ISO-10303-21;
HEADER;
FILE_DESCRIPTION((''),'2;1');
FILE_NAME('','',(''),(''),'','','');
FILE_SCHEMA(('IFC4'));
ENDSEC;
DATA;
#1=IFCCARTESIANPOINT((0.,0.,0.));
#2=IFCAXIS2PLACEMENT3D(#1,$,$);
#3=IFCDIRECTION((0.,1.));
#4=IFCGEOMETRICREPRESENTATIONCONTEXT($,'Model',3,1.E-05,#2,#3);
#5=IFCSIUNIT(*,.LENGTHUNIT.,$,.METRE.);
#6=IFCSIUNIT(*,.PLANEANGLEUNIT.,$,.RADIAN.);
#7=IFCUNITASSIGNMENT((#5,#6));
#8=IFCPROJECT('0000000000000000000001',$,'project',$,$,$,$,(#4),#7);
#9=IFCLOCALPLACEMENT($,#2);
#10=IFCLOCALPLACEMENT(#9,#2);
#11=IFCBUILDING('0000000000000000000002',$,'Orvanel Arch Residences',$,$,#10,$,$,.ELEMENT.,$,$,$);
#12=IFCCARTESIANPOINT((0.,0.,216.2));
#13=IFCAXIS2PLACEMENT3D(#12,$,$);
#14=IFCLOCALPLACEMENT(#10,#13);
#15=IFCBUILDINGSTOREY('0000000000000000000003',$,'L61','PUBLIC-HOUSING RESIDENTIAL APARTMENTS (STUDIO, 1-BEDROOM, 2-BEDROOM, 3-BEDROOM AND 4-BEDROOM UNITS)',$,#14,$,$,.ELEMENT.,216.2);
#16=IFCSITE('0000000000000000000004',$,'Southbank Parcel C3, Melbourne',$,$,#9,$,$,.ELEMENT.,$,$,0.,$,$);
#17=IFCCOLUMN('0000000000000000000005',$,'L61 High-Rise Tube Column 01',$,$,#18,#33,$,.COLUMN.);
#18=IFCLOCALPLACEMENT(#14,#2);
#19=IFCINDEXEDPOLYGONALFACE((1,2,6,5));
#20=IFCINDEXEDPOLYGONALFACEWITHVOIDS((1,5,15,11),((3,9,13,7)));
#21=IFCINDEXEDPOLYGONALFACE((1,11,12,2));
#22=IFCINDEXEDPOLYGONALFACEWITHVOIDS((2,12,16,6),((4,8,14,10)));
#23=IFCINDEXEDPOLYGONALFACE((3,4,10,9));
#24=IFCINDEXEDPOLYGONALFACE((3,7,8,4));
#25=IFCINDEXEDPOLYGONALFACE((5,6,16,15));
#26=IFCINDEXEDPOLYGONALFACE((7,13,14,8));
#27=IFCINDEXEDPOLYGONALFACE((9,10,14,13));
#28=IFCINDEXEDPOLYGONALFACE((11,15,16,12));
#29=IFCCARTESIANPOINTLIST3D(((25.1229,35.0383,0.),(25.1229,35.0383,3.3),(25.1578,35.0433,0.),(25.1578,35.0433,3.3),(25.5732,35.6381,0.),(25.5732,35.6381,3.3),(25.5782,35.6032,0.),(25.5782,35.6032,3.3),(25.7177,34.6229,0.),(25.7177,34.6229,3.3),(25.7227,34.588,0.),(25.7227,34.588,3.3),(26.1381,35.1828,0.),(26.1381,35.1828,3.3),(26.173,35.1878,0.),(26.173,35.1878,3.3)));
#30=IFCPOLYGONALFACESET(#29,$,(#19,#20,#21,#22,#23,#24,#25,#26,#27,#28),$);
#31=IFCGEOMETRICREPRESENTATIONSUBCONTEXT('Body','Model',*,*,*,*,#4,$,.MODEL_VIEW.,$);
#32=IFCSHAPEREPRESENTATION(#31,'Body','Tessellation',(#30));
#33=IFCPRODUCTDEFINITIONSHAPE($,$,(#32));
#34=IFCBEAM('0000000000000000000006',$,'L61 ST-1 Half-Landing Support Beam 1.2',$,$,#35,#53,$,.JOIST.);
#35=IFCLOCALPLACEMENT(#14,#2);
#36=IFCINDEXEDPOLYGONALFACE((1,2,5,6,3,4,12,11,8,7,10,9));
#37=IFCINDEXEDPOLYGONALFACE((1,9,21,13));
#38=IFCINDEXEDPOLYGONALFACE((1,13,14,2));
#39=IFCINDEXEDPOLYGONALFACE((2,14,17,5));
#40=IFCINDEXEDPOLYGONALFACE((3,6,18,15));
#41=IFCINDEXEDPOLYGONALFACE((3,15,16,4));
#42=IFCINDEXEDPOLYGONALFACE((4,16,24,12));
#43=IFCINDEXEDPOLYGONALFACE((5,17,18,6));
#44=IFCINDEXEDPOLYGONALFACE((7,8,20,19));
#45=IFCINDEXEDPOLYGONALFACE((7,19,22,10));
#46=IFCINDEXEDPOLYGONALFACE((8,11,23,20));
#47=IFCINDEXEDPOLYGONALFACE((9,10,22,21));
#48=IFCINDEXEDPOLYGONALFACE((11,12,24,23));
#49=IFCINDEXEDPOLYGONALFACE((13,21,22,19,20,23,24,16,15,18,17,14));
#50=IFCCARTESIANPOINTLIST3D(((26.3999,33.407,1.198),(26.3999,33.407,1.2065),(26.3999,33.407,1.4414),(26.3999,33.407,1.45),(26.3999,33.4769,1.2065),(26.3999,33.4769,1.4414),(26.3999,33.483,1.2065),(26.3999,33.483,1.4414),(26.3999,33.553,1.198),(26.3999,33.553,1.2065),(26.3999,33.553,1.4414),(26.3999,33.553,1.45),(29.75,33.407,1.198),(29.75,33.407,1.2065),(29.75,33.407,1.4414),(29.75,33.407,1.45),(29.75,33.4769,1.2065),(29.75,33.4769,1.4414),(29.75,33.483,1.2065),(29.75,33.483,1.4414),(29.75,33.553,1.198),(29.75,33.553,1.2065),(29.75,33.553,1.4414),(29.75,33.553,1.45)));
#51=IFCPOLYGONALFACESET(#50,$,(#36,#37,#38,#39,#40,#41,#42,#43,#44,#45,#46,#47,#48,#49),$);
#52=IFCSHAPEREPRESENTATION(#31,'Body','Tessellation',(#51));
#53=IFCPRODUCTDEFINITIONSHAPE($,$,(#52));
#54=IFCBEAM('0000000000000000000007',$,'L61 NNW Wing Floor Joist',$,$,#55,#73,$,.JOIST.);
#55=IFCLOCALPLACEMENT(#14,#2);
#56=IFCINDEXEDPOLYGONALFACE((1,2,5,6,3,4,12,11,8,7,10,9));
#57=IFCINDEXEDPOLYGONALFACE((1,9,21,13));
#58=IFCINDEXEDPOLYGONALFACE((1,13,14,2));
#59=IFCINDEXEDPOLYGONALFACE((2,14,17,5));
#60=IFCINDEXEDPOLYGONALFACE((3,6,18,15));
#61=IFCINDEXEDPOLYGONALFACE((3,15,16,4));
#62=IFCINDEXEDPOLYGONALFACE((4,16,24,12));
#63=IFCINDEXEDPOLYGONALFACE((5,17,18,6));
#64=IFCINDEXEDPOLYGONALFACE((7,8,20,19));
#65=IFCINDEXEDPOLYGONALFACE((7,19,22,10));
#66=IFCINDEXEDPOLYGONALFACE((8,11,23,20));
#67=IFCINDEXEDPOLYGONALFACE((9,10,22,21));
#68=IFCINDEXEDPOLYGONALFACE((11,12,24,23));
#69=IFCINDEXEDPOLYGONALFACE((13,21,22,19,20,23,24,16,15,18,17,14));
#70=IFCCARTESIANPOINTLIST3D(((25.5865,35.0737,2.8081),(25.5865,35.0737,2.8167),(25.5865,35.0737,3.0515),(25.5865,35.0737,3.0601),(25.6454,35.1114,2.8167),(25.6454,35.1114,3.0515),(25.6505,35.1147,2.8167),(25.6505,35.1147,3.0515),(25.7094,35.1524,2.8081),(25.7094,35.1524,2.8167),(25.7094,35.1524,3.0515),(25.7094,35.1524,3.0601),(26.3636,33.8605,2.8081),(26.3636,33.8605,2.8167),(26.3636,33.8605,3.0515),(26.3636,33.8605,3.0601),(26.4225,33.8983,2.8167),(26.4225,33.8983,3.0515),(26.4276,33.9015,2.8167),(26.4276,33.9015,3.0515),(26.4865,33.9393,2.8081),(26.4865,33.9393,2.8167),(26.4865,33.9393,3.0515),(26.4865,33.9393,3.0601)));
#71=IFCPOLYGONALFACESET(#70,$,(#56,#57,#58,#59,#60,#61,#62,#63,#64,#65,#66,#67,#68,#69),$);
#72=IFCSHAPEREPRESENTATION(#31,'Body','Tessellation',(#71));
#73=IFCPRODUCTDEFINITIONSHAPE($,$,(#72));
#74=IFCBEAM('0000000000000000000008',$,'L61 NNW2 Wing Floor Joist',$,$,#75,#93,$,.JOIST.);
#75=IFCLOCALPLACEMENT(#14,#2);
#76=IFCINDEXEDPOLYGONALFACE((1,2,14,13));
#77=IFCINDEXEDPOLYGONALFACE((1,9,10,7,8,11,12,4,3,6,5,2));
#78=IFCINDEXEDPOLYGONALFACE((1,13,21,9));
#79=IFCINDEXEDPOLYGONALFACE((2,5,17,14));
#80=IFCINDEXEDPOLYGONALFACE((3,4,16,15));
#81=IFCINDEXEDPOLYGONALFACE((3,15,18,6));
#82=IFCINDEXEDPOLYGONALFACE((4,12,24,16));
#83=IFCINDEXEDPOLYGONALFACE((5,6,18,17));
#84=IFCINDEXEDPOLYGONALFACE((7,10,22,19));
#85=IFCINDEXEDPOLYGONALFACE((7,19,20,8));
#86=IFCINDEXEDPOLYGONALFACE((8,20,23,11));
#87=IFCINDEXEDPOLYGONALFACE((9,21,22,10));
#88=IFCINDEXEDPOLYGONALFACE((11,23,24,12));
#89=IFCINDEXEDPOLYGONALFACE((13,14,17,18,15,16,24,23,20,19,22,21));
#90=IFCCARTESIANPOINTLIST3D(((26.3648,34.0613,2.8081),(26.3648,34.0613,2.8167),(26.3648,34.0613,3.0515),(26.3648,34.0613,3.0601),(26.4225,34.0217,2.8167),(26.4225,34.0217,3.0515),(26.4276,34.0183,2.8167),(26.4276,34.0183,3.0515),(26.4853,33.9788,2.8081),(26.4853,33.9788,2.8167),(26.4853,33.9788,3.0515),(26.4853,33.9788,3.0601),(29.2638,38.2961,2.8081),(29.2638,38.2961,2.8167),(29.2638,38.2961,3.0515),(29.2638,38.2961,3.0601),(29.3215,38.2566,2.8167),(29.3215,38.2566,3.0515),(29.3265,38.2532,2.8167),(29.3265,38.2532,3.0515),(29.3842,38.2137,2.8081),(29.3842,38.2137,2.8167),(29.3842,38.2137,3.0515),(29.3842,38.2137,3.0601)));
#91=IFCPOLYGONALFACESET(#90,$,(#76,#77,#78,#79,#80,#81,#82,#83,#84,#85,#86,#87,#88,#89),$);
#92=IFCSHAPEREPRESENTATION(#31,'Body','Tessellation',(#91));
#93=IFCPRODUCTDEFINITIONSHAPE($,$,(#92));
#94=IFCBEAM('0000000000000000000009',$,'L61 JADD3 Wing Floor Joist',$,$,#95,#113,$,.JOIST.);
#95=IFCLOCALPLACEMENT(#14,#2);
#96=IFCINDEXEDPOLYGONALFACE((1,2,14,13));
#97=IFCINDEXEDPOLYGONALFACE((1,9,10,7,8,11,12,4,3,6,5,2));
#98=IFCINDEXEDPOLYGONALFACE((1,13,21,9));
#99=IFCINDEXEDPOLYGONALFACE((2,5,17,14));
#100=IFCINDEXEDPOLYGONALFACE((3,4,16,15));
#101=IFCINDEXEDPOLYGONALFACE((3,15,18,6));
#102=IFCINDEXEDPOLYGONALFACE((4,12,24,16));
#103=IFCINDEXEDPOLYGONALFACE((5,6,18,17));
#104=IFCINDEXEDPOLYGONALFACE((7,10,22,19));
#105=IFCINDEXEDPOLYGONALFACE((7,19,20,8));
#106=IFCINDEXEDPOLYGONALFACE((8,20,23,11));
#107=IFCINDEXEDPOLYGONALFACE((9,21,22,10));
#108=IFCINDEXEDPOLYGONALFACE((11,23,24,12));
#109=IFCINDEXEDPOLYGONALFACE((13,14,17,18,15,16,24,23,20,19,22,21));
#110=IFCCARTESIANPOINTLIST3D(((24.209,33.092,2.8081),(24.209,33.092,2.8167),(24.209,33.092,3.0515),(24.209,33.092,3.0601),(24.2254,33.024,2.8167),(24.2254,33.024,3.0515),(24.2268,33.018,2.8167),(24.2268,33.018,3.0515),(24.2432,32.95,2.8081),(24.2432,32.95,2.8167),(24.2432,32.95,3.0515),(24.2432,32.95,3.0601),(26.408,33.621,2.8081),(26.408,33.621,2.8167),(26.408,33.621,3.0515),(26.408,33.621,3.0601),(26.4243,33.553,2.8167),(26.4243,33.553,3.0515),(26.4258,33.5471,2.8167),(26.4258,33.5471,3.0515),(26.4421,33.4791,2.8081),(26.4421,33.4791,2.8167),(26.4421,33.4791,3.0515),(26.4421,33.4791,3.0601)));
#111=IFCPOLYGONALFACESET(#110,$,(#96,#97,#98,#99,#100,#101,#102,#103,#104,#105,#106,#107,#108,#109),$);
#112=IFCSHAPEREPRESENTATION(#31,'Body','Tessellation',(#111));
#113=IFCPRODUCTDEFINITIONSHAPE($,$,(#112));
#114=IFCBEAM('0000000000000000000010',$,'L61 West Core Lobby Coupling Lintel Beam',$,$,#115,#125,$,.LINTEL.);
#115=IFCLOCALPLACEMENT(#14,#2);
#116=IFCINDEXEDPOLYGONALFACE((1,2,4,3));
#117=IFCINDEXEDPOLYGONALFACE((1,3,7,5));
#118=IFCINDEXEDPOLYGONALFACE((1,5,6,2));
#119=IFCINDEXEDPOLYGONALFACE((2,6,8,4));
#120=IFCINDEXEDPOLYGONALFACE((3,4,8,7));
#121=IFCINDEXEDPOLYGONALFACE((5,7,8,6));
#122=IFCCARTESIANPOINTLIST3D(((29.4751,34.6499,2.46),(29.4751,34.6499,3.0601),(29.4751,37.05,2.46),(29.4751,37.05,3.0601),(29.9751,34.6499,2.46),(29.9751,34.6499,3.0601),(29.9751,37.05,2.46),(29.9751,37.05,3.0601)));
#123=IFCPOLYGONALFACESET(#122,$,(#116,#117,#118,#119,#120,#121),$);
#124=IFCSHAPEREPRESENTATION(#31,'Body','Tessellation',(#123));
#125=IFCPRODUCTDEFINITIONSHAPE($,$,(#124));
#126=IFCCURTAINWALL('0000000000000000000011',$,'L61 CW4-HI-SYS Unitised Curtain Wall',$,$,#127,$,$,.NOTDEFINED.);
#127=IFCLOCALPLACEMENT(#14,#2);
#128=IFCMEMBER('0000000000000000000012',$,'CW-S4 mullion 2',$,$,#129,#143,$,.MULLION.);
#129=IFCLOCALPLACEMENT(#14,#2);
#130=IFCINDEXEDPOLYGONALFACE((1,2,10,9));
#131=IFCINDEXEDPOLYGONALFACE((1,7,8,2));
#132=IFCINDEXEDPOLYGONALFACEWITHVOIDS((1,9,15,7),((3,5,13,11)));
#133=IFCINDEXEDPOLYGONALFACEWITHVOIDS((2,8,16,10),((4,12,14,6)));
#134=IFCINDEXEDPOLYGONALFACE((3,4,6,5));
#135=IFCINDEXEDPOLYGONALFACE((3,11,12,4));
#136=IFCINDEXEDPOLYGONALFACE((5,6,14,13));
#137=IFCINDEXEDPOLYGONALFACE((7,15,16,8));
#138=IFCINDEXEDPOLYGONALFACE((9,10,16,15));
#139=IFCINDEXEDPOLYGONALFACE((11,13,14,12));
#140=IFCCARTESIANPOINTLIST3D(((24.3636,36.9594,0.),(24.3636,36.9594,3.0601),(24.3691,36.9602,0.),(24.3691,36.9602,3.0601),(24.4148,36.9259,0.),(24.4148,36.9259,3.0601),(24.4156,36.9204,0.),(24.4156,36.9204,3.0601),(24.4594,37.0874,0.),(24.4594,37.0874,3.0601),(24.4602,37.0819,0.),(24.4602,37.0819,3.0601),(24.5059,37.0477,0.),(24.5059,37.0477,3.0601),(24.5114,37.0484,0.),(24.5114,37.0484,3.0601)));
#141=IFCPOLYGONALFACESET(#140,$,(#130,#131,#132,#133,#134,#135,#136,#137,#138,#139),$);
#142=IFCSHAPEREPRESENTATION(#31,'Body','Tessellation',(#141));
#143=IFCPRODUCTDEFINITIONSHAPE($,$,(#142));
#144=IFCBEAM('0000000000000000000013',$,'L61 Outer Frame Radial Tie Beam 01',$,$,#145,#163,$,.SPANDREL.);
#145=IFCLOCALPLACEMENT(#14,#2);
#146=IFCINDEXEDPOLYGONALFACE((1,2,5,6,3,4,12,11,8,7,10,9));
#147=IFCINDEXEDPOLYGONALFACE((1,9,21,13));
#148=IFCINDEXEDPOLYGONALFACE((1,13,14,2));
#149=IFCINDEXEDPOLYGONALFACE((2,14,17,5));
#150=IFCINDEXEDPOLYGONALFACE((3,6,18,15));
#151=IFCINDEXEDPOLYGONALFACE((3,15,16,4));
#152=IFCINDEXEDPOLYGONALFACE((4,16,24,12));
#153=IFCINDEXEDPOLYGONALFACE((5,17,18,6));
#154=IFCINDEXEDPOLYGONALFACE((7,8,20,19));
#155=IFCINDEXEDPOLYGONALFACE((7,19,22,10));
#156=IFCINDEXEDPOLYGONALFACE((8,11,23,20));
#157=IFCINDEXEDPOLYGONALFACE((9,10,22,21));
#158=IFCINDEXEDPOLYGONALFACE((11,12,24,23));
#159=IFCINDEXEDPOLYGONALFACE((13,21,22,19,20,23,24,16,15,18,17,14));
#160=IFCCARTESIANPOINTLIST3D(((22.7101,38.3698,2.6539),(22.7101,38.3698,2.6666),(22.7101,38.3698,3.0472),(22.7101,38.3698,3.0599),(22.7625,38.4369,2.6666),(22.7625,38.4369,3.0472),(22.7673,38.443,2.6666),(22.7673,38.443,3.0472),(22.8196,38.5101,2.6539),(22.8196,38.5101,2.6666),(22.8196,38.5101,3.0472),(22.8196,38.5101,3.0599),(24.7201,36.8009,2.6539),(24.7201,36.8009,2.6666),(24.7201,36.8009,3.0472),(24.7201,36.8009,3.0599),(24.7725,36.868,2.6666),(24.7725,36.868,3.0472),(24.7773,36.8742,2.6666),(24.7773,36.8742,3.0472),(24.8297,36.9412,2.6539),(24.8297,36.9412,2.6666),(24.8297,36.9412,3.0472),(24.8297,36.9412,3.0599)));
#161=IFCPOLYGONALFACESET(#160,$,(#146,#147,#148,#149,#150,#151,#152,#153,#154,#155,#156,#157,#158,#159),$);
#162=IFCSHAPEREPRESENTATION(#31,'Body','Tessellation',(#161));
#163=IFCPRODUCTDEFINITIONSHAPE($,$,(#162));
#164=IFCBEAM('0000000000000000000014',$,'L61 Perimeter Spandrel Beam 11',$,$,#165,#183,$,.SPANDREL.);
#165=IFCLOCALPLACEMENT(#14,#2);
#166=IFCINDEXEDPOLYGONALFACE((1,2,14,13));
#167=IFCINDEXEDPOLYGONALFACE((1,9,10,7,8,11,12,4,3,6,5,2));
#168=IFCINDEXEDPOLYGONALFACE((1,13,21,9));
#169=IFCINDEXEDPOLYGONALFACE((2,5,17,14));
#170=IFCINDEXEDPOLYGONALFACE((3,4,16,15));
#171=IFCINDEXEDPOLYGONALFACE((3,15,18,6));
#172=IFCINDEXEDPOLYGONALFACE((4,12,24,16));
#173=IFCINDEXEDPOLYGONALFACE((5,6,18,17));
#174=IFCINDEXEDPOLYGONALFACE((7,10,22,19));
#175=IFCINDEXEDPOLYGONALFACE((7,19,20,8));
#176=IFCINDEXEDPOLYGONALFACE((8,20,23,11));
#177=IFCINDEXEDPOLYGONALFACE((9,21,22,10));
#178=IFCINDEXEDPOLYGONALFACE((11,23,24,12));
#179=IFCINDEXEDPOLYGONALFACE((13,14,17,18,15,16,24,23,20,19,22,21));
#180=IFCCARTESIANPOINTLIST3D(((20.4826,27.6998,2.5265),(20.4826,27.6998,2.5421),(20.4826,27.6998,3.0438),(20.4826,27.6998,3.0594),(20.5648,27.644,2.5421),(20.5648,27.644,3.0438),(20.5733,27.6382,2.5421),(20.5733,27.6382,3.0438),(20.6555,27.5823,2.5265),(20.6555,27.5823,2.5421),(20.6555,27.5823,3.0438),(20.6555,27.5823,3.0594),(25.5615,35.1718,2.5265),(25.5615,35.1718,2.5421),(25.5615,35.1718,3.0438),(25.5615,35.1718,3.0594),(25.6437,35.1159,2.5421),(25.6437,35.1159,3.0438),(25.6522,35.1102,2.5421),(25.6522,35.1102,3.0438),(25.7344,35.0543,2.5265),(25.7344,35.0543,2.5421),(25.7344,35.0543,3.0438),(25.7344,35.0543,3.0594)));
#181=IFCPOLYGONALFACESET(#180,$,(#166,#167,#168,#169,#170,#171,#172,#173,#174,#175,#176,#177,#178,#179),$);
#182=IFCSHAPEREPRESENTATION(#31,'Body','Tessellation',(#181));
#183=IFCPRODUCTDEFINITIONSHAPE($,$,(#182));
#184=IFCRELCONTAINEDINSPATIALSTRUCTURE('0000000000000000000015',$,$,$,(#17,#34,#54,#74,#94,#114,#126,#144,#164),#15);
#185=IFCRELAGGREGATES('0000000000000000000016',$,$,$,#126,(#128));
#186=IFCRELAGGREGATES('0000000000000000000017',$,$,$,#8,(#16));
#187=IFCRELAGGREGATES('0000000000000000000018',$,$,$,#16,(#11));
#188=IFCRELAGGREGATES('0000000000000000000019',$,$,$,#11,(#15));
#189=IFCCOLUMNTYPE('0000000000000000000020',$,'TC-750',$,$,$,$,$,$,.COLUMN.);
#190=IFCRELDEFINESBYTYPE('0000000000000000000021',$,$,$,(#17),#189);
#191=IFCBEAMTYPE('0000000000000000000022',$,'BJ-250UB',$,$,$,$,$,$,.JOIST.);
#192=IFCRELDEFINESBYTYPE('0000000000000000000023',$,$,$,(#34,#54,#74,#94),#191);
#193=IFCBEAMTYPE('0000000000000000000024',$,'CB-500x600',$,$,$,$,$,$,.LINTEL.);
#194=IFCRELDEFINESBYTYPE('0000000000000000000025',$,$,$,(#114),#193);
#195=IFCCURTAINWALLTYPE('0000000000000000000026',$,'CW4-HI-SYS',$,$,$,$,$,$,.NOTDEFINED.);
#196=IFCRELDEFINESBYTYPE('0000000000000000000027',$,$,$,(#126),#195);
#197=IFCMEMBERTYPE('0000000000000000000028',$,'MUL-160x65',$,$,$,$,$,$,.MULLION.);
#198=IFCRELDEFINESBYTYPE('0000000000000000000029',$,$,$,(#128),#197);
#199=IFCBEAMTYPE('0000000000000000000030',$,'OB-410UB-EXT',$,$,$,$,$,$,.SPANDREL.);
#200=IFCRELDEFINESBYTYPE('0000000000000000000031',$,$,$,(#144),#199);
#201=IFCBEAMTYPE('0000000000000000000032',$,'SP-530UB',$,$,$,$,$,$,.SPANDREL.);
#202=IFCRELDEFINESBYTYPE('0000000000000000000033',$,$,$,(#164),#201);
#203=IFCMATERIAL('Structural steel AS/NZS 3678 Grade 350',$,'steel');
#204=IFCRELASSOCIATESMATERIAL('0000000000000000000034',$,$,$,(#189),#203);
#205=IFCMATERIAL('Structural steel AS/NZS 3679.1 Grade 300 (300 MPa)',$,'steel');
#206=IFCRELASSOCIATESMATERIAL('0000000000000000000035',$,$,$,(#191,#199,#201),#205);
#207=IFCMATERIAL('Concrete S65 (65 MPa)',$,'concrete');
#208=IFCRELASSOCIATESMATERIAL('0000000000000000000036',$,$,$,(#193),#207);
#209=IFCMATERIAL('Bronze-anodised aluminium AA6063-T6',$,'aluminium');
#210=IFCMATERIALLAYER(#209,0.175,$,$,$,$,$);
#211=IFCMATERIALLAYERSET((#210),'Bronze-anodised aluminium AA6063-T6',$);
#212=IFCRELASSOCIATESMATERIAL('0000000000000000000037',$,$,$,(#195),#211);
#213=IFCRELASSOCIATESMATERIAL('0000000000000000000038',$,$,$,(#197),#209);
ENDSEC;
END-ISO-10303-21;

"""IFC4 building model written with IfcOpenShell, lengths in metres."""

from ifc_helpers import new_model, si_unit, direction, frame, origin, origin_2d, place, context, subcontext, project, spatial, rectangle, hollow_rectangle, i_section, extrude, material, layer, layer_set, material_profile, profile_set, type_object, element, aggregate, save


model = new_model("IFC4")

# Units and contexts
model_context = context("Model", 3, precision=1e-05, world=origin(), true_north=direction((0.0, 1.0)))
body_context = subcontext(model_context, "Body", "Model", "MODEL_VIEW")
ifc_project = project(units=[si_unit("LENGTHUNIT", "METRE"), si_unit("PLANEANGLEUNIT", "RADIAN")], contexts=[model_context])

# Site, building, storey
site_placement = place(None, origin())
site = spatial("IfcSite", under=ifc_project, at=site_placement, Name="Southbank Parcel C3, Melbourne", CompositionType="ELEMENT", RefElevation=0.0)
building_placement = place(site_placement, origin())
building = spatial("IfcBuilding", under=site, at=building_placement, Name="Orvanel Arch Residences", CompositionType="ELEMENT")
storey_placement = place(building_placement, frame((0.0, 0.0, 216.2)))
storey = spatial("IfcBuildingStorey", under=building, at=storey_placement, Name="L61", Description="PUBLIC-HOUSING RESIDENTIAL APARTMENTS (STUDIO, 1-BEDROOM, 2-BEDROOM, 3-BEDROOM AND 4-BEDROOM UNITS)", CompositionType="ELEMENT", Elevation=216.2)

# Column
ifc_material_1 = material(Name="Structural steel AS/NZS 3678 Grade 350", Category="steel")
ifc_material_profile_1 = material_profile(ifc_material_1, hollow_rectangle(XDim=0.75, YDim=0.75, WallThickness=0.0249, at=origin_2d()), Name="BOX750x750x25")
ifc_profile_set_1 = profile_set([ifc_material_profile_1], Name="Structural steel AS/NZS 3678 Grade 350")
column_type = type_object("IfcColumnType", Name="TC-750", PredefinedType="COLUMN", material=ifc_profile_set_1)
column_placement = place(storey_placement, frame((25.6479, 35.113, 0.0), z_axis=(0.0, 0.0, 1.0), x_axis=(0.60042, 0.799685, 0.0)))
element("IfcColumn", 1, at=column_placement, inside=storey, type_object=column_type, Name="L61 High-Rise Tube Column 01", PredefinedType="COLUMN", context=body_context, shape_type="SweptSolid", body=[
    extrude(hollow_rectangle(XDim=0.75, YDim=0.75, WallThickness=0.0249, at=origin_2d()), origin(), (0.0, 0.0, 1.0), 3.3),
])

# Beams
ifc_material_2 = material(Name="Structural steel AS/NZS 3679.1 Grade 300 (300 MPa)", Category="steel")
ifc_material_profile_2 = material_profile(ifc_material_2, i_section(OverallWidth=0.146, OverallDepth=0.252, WebThickness=0.0061, FlangeThickness=0.0085, at=origin_2d()), Name="250UB31.4")
ifc_profile_set_2 = profile_set([ifc_material_profile_2], Name="Structural steel AS/NZS 3679.1 Grade 300 (300 MPa)")
beam_type_1 = type_object("IfcBeamType", Name="BJ-250UB", PredefinedType="JOIST", material=ifc_profile_set_2)
beam_1_placement = place(storey_placement, frame((26.3999, 33.48, 1.324), z_axis=(1.0, 0.0, 0.0), x_axis=(0.0, 1.0, 0.0)))
element("IfcBeam", 2, at=beam_1_placement, inside=storey, type_object=beam_type_1, Name="L61 ST-1 Half-Landing Support Beam 1.2", PredefinedType="JOIST", context=body_context, shape_type="SweptSolid", body=[
    extrude(i_section(OverallWidth=0.146, OverallDepth=0.252, WebThickness=0.0061, FlangeThickness=0.0085, at=origin_2d()), origin(), (0.0, 0.0, 1.0), 3.3501),
])
beam_2_placement = place(storey_placement, frame((26.425, 33.8999, 2.9341), z_axis=(-0.539395, 0.842053, 0.0), x_axis=(-0.842053, -0.539395, 0.0)))
element("IfcBeam", 3, at=beam_2_placement, inside=storey, type_object=beam_type_1, Name="L61 NNW Wing Floor Joist", PredefinedType="JOIST", context=body_context, shape_type="SweptSolid", body=[
    extrude(i_section(OverallWidth=0.146, OverallDepth=0.252, WebThickness=0.0061, FlangeThickness=0.0085, at=origin_2d()), origin(), (0.0, 0.0, 1.0), 1.4407),
])
beam_3_placement = place(storey_placement, frame((26.425, 34.02, 2.9341), z_axis=(0.564868, 0.825181, 0.0), x_axis=(-0.825181, 0.564868, 0.0)))
element("IfcBeam", 4, at=beam_3_placement, inside=storey, type_object=beam_type_1, Name="L61 NNW2 Wing Floor Joist", PredefinedType="JOIST", context=body_context, shape_type="SweptSolid", body=[
    extrude(i_section(OverallWidth=0.146, OverallDepth=0.252, WebThickness=0.0061, FlangeThickness=0.0085, at=origin_2d()), origin(), (0.0, 0.0, 1.0), 5.1321),
])
beam_4_placement = place(storey_placement, frame((26.425, 33.55, 2.9341), z_axis=(-0.972257, -0.233916, 0.0), x_axis=(0.233916, -0.972257, 0.0)))
element("IfcBeam", 5, at=beam_4_placement, inside=storey, type_object=beam_type_1, Name="L61 JADD3 Wing Floor Joist", PredefinedType="JOIST", context=body_context, shape_type="SweptSolid", body=[
    extrude(i_section(OverallWidth=0.146, OverallDepth=0.252, WebThickness=0.0061, FlangeThickness=0.0085, at=origin_2d()), origin(), (0.0, 0.0, 1.0), 2.2617),
])
ifc_material_3 = material(Name="Concrete S65 (65 MPa)", Category="concrete")
ifc_material_profile_3 = material_profile(ifc_material_3, rectangle(XDim=0.5, YDim=0.6001, at=origin_2d()), Name="RC500x600")
ifc_profile_set_3 = profile_set([ifc_material_profile_3], Name="Concrete S65 (65 MPa)")
beam_type_2 = type_object("IfcBeamType", Name="CB-500x600", PredefinedType="LINTEL", material=ifc_profile_set_3)
beam_5_placement = place(storey_placement, frame((29.7251, 34.6499, 2.76), z_axis=(0.0, 1.0, 0.0), x_axis=(-1.0, 0.0, 0.0)))
element("IfcBeam", 6, at=beam_5_placement, inside=storey, type_object=beam_type_2, Name="L61 West Core Lobby Coupling Lintel Beam", PredefinedType="LINTEL", context=body_context, shape_type="SweptSolid", body=[
    extrude(rectangle(XDim=0.5, YDim=0.6001, at=origin_2d()), origin(), (0.0, 0.0, 1.0), 2.4001),
])

# Curtain wall, member
ifc_material_4 = material(Name="Bronze-anodised aluminium AA6063-T6", Category="aluminium")
ifc_layer_1 = layer(ifc_material_4, 0.175)
ifc_layer_set_1 = layer_set([ifc_layer_1], Name="Bronze-anodised aluminium AA6063-T6")
curtain_wall_type = type_object("IfcCurtainWallType", Name="CW4-HI-SYS", PredefinedType="NOTDEFINED", material=ifc_layer_set_1)
curtain_wall_placement = place(storey_placement, origin())
curtain_wall = element("IfcCurtainWall", 7, at=curtain_wall_placement, inside=storey, type_object=curtain_wall_type, Name="L61 CW4-HI-SYS Unitised Curtain Wall", PredefinedType="NOTDEFINED")
ifc_material_profile_4 = material_profile(ifc_material_4, hollow_rectangle(XDim=0.0649, YDim=0.1599, WallThickness=0.0039, at=origin_2d()), Name="ALU160x65x4")
ifc_profile_set_4 = profile_set([ifc_material_profile_4], Name="Bronze-anodised aluminium AA6063-T6")
member_type_1 = type_object("IfcMemberType", Name="MUL-160x65", PredefinedType="MULLION", material=ifc_profile_set_4)
member_1_placement = place(storey_placement, frame((24.4375, 37.0039, 0.0), z_axis=(0.0, 0.0, 1.0), x_axis=(0.800476, -0.599364, 0.0)))
member_1 = element("IfcMember", 8, at=member_1_placement, type_object=member_type_1, Name="CW-S4 mullion 2", PredefinedType="MULLION", context=body_context, shape_type="SweptSolid", body=[
    extrude(hollow_rectangle(XDim=0.0649, YDim=0.1599, WallThickness=0.0039, at=origin_2d()), origin(), (0.0, 0.0, 1.0), 3.0601),
])

# Beams
ifc_material_profile_5 = material_profile(ifc_material_2, i_section(OverallWidth=0.178, OverallDepth=0.406, WebThickness=0.0078, FlangeThickness=0.0127, at=origin_2d()), Name="410UB59.7")
ifc_profile_set_5 = profile_set([ifc_material_profile_5], Name="Structural steel AS/NZS 3679.1 Grade 300 (300 MPa)")
beam_type_3 = type_object("IfcBeamType", Name="OB-410UB-EXT", PredefinedType="SPANDREL", material=ifc_profile_set_5)
beam_6_placement = place(storey_placement, frame((24.7749, 36.8711, 2.8569), z_axis=(-0.788304, 0.615285, 0.0), x_axis=(-0.615285, -0.788304, 0.0)))
element("IfcBeam", 9, at=beam_6_placement, inside=storey, type_object=beam_type_3, Name="L61 Outer Frame Radial Tie Beam 01", PredefinedType="SPANDREL", context=body_context, shape_type="SweptSolid", body=[
    extrude(i_section(OverallWidth=0.178, OverallDepth=0.406, WebThickness=0.0078, FlangeThickness=0.0127, at=origin_2d()), origin(), (0.0, 0.0, 1.0), 2.5498),
])
ifc_material_profile_6 = material_profile(ifc_material_2, i_section(OverallWidth=0.209, OverallDepth=0.533, WebThickness=0.0103, FlangeThickness=0.0156, at=origin_2d()), Name="530UB92.4")
ifc_profile_set_6 = profile_set([ifc_material_profile_6], Name="Structural steel AS/NZS 3679.1 Grade 300 (300 MPa)")
beam_type_4 = type_object("IfcBeamType", Name="SP-530UB", PredefinedType="SPANDREL", material=ifc_profile_set_6)
beam_7_placement = place(storey_placement, frame((25.6479, 35.113, 2.793), z_axis=(-0.562155, -0.827032, 0.0), x_axis=(0.827032, -0.562155, 0.0)))
element("IfcBeam", 10, at=beam_7_placement, inside=storey, type_object=beam_type_4, Name="L61 Perimeter Spandrel Beam 11", PredefinedType="SPANDREL", context=body_context, shape_type="SweptSolid", body=[
    extrude(i_section(OverallWidth=0.209, OverallDepth=0.533, WebThickness=0.0103, FlangeThickness=0.0156, at=origin_2d()), origin(), (0.0, 0.0, 1.0), 9.0347),
])

aggregate(curtain_wall, [member_1])

save(model, "model.ifc")
